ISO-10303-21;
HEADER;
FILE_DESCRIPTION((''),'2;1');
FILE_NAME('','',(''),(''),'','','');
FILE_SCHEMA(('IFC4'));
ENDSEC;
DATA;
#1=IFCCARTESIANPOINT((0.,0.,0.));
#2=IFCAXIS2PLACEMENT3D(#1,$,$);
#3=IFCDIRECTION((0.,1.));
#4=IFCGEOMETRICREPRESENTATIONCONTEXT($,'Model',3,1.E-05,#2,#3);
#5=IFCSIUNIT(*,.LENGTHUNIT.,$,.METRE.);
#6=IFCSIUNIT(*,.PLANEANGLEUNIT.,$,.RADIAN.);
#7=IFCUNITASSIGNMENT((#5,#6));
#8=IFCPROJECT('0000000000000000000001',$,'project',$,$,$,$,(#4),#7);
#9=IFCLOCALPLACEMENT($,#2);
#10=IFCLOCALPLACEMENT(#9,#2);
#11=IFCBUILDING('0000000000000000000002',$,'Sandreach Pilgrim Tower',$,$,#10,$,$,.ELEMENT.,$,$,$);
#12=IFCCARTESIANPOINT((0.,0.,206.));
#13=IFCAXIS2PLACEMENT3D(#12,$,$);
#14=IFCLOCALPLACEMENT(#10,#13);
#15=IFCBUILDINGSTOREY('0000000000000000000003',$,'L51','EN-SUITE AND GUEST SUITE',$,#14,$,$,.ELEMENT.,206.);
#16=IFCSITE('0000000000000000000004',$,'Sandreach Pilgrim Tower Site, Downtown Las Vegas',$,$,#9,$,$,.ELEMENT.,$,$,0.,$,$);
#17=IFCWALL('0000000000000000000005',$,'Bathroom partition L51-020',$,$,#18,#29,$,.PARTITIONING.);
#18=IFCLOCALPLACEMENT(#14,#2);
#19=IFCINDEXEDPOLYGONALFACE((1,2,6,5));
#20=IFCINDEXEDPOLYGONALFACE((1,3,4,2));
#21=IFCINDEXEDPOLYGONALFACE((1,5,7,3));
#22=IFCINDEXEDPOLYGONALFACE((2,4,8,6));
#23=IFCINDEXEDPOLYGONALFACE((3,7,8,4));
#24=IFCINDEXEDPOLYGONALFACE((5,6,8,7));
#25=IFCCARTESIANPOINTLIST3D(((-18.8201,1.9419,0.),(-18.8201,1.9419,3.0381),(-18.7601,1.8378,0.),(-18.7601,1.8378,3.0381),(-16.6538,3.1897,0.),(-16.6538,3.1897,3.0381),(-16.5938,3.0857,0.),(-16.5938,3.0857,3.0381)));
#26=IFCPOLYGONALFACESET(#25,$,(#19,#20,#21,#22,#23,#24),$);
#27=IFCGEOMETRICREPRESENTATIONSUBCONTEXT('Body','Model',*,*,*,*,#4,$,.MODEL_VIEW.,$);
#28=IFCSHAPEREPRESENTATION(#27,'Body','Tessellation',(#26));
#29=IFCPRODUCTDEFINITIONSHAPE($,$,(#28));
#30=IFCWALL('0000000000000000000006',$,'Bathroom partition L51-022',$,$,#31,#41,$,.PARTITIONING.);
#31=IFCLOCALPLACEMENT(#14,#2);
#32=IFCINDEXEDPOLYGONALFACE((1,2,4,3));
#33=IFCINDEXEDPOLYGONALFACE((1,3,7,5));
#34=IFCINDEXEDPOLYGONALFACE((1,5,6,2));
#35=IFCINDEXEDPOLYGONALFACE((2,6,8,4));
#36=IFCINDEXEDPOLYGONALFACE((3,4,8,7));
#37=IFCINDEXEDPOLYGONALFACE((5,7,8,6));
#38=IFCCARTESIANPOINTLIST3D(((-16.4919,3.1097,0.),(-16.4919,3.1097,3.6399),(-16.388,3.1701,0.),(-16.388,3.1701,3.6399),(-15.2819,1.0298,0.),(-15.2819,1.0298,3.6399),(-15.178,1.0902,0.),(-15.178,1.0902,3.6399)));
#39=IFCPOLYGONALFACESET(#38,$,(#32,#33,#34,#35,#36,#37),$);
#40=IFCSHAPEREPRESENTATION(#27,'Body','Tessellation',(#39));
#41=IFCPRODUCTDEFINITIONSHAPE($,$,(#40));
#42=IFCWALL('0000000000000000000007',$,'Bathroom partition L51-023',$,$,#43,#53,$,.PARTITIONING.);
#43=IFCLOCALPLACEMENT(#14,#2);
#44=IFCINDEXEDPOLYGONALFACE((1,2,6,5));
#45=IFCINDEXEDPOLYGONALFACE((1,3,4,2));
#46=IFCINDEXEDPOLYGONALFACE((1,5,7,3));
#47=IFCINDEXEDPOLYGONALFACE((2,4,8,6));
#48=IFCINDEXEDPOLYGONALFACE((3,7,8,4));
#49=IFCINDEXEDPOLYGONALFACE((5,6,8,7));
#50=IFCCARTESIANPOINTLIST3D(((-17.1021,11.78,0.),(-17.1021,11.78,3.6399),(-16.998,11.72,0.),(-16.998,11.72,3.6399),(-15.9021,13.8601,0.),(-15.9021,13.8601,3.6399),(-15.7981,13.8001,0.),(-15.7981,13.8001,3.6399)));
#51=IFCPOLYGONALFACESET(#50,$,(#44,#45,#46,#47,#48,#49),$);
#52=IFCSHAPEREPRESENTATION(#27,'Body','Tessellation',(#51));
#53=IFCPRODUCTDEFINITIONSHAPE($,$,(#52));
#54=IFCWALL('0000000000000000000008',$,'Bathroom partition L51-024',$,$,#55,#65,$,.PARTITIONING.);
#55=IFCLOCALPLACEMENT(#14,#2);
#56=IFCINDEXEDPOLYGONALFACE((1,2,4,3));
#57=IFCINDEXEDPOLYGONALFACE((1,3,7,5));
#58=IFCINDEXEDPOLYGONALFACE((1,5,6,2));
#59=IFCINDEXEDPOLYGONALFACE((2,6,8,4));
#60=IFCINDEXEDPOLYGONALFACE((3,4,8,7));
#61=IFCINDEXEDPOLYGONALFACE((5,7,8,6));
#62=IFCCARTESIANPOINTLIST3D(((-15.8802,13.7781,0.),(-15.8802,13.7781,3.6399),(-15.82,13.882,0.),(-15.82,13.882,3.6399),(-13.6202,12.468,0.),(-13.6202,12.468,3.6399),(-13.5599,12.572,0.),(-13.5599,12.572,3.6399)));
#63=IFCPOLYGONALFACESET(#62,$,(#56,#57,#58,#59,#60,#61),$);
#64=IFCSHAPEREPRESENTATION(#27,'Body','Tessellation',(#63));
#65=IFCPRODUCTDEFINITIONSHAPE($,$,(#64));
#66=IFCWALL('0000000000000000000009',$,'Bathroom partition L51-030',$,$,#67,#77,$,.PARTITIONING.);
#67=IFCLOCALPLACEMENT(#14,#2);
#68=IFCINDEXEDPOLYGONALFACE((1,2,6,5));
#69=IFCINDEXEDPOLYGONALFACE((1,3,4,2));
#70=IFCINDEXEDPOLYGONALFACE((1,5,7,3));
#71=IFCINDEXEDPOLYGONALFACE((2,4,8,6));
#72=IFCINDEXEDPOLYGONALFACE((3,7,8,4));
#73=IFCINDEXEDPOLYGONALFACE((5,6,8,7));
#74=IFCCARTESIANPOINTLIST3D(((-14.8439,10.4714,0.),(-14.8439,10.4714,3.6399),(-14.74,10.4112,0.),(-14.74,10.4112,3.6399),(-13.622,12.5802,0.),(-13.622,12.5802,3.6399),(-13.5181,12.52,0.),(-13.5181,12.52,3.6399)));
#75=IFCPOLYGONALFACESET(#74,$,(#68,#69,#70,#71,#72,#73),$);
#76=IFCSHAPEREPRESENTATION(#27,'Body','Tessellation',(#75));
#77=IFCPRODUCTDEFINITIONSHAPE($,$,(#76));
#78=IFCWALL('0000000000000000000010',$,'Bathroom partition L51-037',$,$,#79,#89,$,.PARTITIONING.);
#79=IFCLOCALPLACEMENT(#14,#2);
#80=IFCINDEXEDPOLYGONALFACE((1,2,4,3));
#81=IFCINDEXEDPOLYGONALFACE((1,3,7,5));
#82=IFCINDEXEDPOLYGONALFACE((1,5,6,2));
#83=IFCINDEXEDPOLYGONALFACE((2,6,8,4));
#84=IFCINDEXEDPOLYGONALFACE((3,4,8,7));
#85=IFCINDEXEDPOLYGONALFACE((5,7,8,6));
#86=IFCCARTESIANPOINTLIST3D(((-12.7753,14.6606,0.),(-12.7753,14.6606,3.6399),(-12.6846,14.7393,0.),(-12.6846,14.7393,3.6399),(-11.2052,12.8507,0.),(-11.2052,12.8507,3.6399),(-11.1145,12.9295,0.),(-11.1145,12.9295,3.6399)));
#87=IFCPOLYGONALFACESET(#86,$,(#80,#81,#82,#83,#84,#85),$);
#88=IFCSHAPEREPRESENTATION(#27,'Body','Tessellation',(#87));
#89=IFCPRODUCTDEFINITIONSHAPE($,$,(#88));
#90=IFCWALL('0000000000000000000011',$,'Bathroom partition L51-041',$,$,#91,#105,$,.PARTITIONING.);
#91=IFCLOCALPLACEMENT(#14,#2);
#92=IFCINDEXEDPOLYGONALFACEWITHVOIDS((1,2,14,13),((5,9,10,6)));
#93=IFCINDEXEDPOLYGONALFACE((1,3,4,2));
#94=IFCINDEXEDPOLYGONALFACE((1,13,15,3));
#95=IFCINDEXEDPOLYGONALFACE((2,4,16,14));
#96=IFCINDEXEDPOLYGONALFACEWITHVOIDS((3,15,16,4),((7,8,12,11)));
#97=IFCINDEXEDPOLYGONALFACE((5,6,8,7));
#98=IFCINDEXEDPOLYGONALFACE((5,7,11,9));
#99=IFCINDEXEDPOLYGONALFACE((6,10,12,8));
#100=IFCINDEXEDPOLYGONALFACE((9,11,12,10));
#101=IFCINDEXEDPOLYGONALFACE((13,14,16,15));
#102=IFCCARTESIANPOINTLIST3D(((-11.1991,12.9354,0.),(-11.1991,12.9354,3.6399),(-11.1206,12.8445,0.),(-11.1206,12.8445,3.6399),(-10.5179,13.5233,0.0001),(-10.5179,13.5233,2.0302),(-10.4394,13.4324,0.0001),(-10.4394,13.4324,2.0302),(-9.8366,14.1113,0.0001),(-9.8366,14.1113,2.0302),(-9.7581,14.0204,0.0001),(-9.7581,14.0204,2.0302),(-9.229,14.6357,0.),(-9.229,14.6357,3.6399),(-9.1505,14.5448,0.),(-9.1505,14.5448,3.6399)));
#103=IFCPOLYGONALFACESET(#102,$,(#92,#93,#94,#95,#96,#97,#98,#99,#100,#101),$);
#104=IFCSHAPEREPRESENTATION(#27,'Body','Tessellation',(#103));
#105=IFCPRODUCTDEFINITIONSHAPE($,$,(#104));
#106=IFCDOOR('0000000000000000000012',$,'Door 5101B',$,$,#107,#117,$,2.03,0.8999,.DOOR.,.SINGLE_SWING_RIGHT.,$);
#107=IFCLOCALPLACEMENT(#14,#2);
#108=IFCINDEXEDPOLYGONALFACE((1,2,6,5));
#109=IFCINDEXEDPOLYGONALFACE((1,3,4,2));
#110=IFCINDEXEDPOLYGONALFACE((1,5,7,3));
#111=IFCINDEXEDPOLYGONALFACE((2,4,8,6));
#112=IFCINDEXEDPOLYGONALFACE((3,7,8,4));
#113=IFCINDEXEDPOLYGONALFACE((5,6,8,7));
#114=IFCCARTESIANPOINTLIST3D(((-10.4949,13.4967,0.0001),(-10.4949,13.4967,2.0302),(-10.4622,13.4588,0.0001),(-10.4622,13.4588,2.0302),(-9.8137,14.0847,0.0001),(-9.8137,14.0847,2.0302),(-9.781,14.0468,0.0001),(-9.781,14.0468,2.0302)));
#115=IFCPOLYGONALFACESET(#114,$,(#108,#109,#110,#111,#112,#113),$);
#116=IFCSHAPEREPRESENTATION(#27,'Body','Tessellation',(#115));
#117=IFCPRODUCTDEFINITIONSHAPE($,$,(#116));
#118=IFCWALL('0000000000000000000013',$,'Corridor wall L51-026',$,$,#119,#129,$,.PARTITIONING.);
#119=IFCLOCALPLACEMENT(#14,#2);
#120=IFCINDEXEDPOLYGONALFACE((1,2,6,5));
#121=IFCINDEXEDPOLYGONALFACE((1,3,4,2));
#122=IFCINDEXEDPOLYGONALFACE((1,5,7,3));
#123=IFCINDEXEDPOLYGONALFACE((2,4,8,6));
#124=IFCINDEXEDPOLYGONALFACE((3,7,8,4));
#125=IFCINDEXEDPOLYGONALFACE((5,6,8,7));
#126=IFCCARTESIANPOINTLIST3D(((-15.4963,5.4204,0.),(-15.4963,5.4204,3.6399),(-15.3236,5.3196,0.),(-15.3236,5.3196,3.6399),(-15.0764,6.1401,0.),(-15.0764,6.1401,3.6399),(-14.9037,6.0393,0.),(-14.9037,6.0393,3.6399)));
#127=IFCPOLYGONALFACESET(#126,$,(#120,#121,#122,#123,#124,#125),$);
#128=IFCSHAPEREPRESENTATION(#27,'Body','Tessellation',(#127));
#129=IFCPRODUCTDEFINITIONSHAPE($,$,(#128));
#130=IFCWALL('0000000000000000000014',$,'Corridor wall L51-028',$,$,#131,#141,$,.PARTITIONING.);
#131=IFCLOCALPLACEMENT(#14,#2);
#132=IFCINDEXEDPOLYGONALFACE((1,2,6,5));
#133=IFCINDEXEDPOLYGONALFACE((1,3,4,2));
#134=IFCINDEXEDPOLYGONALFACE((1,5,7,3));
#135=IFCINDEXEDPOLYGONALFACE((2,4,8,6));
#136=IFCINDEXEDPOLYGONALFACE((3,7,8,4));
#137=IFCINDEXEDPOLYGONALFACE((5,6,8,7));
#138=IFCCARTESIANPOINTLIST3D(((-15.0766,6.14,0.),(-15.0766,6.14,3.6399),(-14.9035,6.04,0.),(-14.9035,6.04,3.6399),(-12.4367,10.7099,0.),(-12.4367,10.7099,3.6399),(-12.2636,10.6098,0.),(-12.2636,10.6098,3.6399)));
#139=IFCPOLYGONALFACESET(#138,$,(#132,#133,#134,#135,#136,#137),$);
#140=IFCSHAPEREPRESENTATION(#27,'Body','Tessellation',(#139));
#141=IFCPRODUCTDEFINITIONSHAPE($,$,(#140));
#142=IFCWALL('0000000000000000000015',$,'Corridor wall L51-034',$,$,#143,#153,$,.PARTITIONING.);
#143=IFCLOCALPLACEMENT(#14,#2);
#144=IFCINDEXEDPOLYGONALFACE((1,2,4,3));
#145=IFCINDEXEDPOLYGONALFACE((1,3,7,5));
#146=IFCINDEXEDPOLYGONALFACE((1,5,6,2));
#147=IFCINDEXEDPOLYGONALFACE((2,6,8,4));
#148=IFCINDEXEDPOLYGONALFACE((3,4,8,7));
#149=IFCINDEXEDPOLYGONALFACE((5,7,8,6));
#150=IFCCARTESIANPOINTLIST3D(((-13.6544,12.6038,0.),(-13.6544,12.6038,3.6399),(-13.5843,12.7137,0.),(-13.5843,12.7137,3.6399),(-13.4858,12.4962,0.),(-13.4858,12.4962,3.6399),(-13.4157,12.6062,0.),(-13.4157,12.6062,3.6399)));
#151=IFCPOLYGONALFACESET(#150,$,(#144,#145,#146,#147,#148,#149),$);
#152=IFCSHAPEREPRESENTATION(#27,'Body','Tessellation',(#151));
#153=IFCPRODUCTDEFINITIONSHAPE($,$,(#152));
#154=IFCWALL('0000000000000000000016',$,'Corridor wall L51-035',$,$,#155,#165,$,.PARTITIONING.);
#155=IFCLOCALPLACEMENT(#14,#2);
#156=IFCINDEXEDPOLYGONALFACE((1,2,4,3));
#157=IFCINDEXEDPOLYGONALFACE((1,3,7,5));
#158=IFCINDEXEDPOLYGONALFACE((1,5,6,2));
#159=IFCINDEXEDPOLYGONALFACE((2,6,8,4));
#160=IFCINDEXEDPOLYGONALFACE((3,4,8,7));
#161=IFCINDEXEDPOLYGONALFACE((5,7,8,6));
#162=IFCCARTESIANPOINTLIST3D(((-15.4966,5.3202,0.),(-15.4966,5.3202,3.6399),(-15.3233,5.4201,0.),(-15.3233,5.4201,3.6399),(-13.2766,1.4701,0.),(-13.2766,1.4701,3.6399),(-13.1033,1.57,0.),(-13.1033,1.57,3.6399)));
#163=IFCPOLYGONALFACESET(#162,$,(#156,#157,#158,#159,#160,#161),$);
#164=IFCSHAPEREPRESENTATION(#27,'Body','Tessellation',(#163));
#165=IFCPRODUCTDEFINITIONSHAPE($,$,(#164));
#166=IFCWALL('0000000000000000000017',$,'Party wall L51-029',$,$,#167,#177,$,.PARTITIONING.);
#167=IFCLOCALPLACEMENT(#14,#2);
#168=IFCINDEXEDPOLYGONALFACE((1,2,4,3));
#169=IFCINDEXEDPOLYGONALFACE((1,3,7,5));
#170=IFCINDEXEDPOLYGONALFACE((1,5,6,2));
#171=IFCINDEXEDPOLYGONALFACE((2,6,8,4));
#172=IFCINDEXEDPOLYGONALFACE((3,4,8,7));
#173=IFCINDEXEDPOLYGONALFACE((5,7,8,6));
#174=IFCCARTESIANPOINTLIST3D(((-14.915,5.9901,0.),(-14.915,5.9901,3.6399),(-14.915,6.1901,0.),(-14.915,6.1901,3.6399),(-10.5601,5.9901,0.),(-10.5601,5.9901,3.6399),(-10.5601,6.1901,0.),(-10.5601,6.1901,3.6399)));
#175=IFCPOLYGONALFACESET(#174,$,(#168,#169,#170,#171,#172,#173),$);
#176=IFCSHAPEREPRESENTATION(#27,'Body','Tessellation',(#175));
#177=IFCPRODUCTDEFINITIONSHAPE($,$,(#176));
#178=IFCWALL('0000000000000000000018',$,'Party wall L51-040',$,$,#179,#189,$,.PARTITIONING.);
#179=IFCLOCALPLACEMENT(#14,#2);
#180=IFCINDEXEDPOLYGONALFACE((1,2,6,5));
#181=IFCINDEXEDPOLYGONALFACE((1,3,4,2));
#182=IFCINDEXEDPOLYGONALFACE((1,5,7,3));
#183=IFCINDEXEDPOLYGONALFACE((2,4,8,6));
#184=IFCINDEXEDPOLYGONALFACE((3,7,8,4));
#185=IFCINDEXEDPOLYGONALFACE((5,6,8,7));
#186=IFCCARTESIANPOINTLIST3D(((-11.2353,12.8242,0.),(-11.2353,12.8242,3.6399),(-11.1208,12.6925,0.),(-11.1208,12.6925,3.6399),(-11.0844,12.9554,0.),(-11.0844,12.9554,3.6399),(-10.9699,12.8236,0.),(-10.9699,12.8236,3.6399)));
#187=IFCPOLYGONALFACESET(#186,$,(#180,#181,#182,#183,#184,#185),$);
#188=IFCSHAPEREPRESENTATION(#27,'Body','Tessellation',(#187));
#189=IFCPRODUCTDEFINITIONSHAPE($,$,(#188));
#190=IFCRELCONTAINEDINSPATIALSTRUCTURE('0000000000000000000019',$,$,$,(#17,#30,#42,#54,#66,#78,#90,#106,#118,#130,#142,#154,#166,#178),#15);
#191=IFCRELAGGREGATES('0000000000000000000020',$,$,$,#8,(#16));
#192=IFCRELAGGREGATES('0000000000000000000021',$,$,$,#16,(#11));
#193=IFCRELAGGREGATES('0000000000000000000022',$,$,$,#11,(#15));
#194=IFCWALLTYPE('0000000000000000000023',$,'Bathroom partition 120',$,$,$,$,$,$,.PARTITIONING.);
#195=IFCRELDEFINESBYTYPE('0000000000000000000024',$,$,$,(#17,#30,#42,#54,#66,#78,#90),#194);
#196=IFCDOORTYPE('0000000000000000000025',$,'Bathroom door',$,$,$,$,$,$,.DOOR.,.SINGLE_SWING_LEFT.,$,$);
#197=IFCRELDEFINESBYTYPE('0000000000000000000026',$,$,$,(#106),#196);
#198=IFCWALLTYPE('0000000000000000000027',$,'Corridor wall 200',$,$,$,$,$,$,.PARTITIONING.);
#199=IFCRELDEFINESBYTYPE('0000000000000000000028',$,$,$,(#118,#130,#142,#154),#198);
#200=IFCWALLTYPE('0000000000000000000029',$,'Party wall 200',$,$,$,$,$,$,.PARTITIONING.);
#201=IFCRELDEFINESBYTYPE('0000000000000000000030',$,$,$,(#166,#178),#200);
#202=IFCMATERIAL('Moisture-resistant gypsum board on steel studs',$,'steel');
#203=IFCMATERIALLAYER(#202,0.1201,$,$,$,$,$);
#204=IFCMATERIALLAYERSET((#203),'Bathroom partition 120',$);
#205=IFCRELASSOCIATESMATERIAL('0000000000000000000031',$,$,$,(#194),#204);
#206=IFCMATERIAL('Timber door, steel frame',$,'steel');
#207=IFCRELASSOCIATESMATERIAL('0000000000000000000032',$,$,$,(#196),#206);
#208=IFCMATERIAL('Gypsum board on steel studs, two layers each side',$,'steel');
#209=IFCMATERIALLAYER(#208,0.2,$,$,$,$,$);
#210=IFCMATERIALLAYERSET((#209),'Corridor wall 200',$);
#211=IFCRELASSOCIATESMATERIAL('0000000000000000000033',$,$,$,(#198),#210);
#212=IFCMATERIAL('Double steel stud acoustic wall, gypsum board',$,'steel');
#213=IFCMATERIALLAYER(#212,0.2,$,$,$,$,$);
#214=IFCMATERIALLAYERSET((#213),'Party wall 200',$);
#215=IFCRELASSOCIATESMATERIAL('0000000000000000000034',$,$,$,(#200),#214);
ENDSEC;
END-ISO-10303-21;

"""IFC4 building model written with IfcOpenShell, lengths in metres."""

from ifc_helpers import new_model, si_unit, direction, frame, frame_2d, origin, place, context, subcontext, project, spatial, rectangle, extrude, material, layer, layer_set, type_object, element, fill, save


model = new_model("IFC4")

# Units and contexts
model_context = context("Model", 3, precision=1e-05, world=origin(), true_north=direction((0.0, 1.0)))
body_context = subcontext(model_context, "Body", "Model", "MODEL_VIEW")
ifc_project = project(units=[si_unit("LENGTHUNIT", "METRE"), si_unit("PLANEANGLEUNIT", "RADIAN")], contexts=[model_context])

# Site, building, storey
site_placement = place(None, origin())
site = spatial("IfcSite", under=ifc_project, at=site_placement, Name="Sandreach Pilgrim Tower Site, Downtown Las Vegas", CompositionType="ELEMENT", RefElevation=0.0)
building_placement = place(site_placement, origin())
building = spatial("IfcBuilding", under=site, at=building_placement, Name="Sandreach Pilgrim Tower", CompositionType="ELEMENT")
storey_placement = place(building_placement, frame((0.0, 0.0, 206.0)))
storey = spatial("IfcBuildingStorey", under=building, at=storey_placement, Name="L51", Description="EN-SUITE AND GUEST SUITE", CompositionType="ELEMENT", Elevation=206.0)

# Walls
ifc_material_1 = material(Name="Moisture-resistant gypsum board on steel studs", Category="steel")
ifc_layer_1 = layer(ifc_material_1, 0.1201)
ifc_layer_set_1 = layer_set([ifc_layer_1], Name="Bathroom partition 120")
wall_type_1 = type_object("IfcWallType", Name="Bathroom partition 120", PredefinedType="PARTITIONING", material=ifc_layer_set_1)
wall_1_placement = place(storey_placement, frame((-16.6238, 3.1377, 0.0), z_axis=(0.0, 0.0, 1.0), x_axis=(-0.866525, -0.499133, 0.0)))
element("IfcWall", 1, at=wall_1_placement, inside=storey, type_object=wall_type_1, Name="Bathroom partition L51-020", PredefinedType="PARTITIONING", context=body_context, shape_type="SweptSolid", body=[
    extrude(rectangle(XDim=2.5, YDim=0.1201, at=frame_2d((1.25, 0.0))), origin(), (0.0, 0.0, 1.0), 3.0381),
])
wall_2_placement = place(storey_placement, frame((-16.4399, 3.1399, 0.0), z_axis=(0.0, 0.0, 1.0), x_axis=(0.502855, -0.864371, 0.0)))
element("IfcWall", 2, at=wall_2_placement, inside=storey, type_object=wall_type_1, Name="Bathroom partition L51-022", PredefinedType="PARTITIONING", context=body_context, shape_type="SweptSolid", body=[
    extrude(rectangle(XDim=2.4062, YDim=0.1201, at=frame_2d((1.2031, 0.0))), origin(), (0.0, 0.0, 1.0), 3.6399),
])
wall_3_placement = place(storey_placement, frame((-15.8501, 13.8301, 0.0), z_axis=(0.0, 0.0, 1.0), x_axis=(-0.499693, -0.866203, 0.0)))
element("IfcWall", 3, at=wall_3_placement, inside=storey, type_object=wall_type_1, Name="Bathroom partition L51-023", PredefinedType="PARTITIONING", context=body_context, shape_type="SweptSolid", body=[
    extrude(rectangle(XDim=2.4014, YDim=0.1201, at=frame_2d((1.2007, 0.0))), origin(), (0.0, 0.0, 1.0), 3.6399),
])
wall_4_placement = place(storey_placement, frame((-15.8501, 13.8301, 0.0), z_axis=(0.0, 0.0, 1.0), x_axis=(0.865155, -0.501504, 0.0)))
element("IfcWall", 4, at=wall_4_placement, inside=storey, type_object=wall_type_1, Name="Bathroom partition L51-024", PredefinedType="PARTITIONING", context=body_context, shape_type="SweptSolid", body=[
    extrude(rectangle(XDim=2.6123, YDim=0.1201, at=frame_2d((1.3062, 0.0))), origin(), (0.0, 0.0, 1.0), 3.6399),
])
wall_5_placement = place(storey_placement, frame((-14.792, 10.4412, 0.0), z_axis=(0.0, 0.0, 1.0), x_axis=(0.50134, 0.86525, 0.0)))
element("IfcWall", 5, at=wall_5_placement, inside=storey, type_object=wall_type_1, Name="Bathroom partition L51-030", PredefinedType="PARTITIONING", context=body_context, shape_type="SweptSolid", body=[
    extrude(rectangle(XDim=2.4373, YDim=0.1201, at=frame_2d((1.2188, 0.0))), origin(), (0.0, 0.0, 1.0), 3.6399),
])
wall_6_placement = place(storey_placement, frame((-12.73, 14.7, 0.0), z_axis=(0.0, 0.0, 1.0), x_axis=(0.655303, -0.755366, 0.0)))
element("IfcWall", 6, at=wall_6_placement, inside=storey, type_object=wall_type_1, Name="Bathroom partition L51-037", PredefinedType="PARTITIONING", context=body_context, shape_type="SweptSolid", body=[
    extrude(rectangle(XDim=2.396, YDim=0.1201, at=frame_2d((1.198, 0.0))), origin(), (0.0, 0.0, 1.0), 3.6399),
])

# Wall, opening, door
wall_7_placement = place(storey_placement, frame((-11.1599, 12.8899, 0.0), z_axis=(0.0, 0.0, 1.0), x_axis=(0.75704, 0.653368, 0.0)))
wall_7 = element("IfcWall", 7, at=wall_7_placement, inside=storey, type_object=wall_type_1, Name="Bathroom partition L51-041", PredefinedType="PARTITIONING", context=body_context, shape_type="SweptSolid", body=[
    extrude(rectangle(XDim=2.6023, YDim=0.1201, at=frame_2d((1.3013, 0.0))), origin(), (0.0, 0.0, 1.0), 3.6399),
])
opening_1_placement = place(wall_7_placement, frame((0.8999, 0.0, 0.0)))
opening_1 = element("IfcOpeningElement", 8, at=opening_1_placement, cuts=wall_7, PredefinedType="OPENING", context=body_context, shape_type="SweptSolid", body=[
    extrude(rectangle(XDim=0.8999, YDim=2.03, at=frame_2d((0.45, 1.0151))), frame((0.0, 0.0601, 0.0), z_axis=(0.0, -1.0, 0.0), x_axis=(1.0, 0.0, 0.0)), (0.0, 0.0, 1.0), 0.1201),
])
ifc_material_2 = material(Name="Timber door, steel frame", Category="steel")
door_type_1 = type_object("IfcDoorType", Name="Bathroom door", OperationType="SINGLE_SWING_LEFT", PredefinedType="DOOR", material=ifc_material_2)
door_1_placement = place(opening_1_placement, origin())
door_1 = element("IfcDoor", 9, at=door_1_placement, inside=storey, type_object=door_type_1, Name="Door 5101B", OperationType="SINGLE_SWING_RIGHT", OverallHeight=2.03, OverallWidth=0.8999, PredefinedType="DOOR", context=body_context, shape_type="SweptSolid", body=[
    extrude(rectangle(XDim=0.8999, YDim=2.03, at=frame_2d((0.45, 1.0151))), frame((0.0, 0.0249, 0.0), z_axis=(0.0, -1.0, 0.0), x_axis=(1.0, 0.0, 0.0)), (0.0, 0.0, 1.0), 0.05),
])
fill(opening_1, door_1)
ifc_material_3 = material(Name="Gypsum board on steel studs, two layers each side", Category="steel")
ifc_layer_2 = layer(ifc_material_3, 0.2)
ifc_layer_set_2 = layer_set([ifc_layer_2], Name="Corridor wall 200")
wall_type_2 = type_object("IfcWallType", Name="Corridor wall 200", PredefinedType="PARTITIONING", material=ifc_layer_set_2)

# Walls
wall_8_placement = place(storey_placement, frame((-15.4099, 5.3701, 0.0), z_axis=(0.0, 0.0, 1.0), x_axis=(0.503944, 0.863736, 0.0)))
element("IfcWall", 10, at=wall_8_placement, inside=storey, type_object=wall_type_2, Name="Corridor wall L51-026", PredefinedType="PARTITIONING", context=body_context, shape_type="SweptSolid", body=[
    extrude(rectangle(XDim=0.8333, YDim=0.2, at=frame_2d((0.4165, 0.0))), origin(), (0.0, 0.0, 1.0), 3.6399),
])
wall_9_placement = place(storey_placement, frame((-14.99, 6.0901, 0.0), z_axis=(0.0, 0.0, 1.0), x_axis=(0.500214, 0.865902, 0.0)))
element("IfcWall", 11, at=wall_9_placement, inside=storey, type_object=wall_type_2, Name="Corridor wall L51-028", PredefinedType="PARTITIONING", context=body_context, shape_type="SweptSolid", body=[
    extrude(rectangle(XDim=5.2776, YDim=0.2, at=frame_2d((2.6387, 0.0))), origin(), (0.0, 0.0, 1.0), 3.6399),
])
wall_10_placement = place(storey_placement, frame((-13.5, 12.6599, 0.0), z_axis=(0.0, 0.0, 1.0), x_axis=(-0.537724, -0.843121, 0.0)))
element("IfcWall", 12, at=wall_10_placement, inside=storey, type_object=wall_type_2, Name="Corridor wall L51-034", PredefinedType="PARTITIONING", context=body_context, shape_type="SweptSolid", body=[
    extrude(rectangle(XDim=0.1304, YDim=0.2, at=frame_2d((0.0652, 0.0))), origin(), (0.0, 0.0, 1.0), 3.6399),
])
wall_11_placement = place(storey_placement, frame((-13.1899, 1.52, 0.0), z_axis=(0.0, 0.0, 1.0), x_axis=(-0.499513, 0.866306, 0.0)))
element("IfcWall", 13, at=wall_11_placement, inside=storey, type_object=wall_type_2, Name="Corridor wall L51-035", PredefinedType="PARTITIONING", context=body_context, shape_type="SweptSolid", body=[
    extrude(rectangle(XDim=4.4443, YDim=0.2, at=frame_2d((2.2222, 0.0))), origin(), (0.0, 0.0, 1.0), 3.6399),
])

# Walls
ifc_material_4 = material(Name="Double steel stud acoustic wall, gypsum board", Category="steel")
ifc_layer_3 = layer(ifc_material_4, 0.2)
ifc_layer_set_3 = layer_set([ifc_layer_3], Name="Party wall 200")
wall_type_3 = type_object("IfcWallType", Name="Party wall 200", PredefinedType="PARTITIONING", material=ifc_layer_set_3)
wall_12_placement = place(storey_placement, frame((-14.915, 6.0901, 0.0), z_axis=(0.0, 0.0, 1.0), x_axis=(1.0, 0.0, 0.0)))
element("IfcWall", 14, at=wall_12_placement, inside=storey, type_object=wall_type_3, Name="Party wall L51-029", PredefinedType="PARTITIONING", context=body_context, shape_type="SweptSolid", body=[
    extrude(rectangle(XDim=4.355, YDim=0.2, at=frame_2d((2.1775, 0.0))), origin(), (0.0, 0.0, 1.0), 3.6399),
])
wall_13_placement = place(storey_placement, frame((-11.1599, 12.8899, 0.0), z_axis=(0.0, 0.0, 1.0), x_axis=(0.655729, -0.754997, 0.0)))
element("IfcWall", 15, at=wall_13_placement, inside=storey, type_object=wall_type_3, Name="Party wall L51-040", PredefinedType="PARTITIONING", context=body_context, shape_type="SweptSolid", body=[
    extrude(rectangle(XDim=0.1746, YDim=0.2, at=frame_2d((0.0874, 0.0))), origin(), (0.0, 0.0, 1.0), 3.6399),
])

save(model, "model.ifc")
